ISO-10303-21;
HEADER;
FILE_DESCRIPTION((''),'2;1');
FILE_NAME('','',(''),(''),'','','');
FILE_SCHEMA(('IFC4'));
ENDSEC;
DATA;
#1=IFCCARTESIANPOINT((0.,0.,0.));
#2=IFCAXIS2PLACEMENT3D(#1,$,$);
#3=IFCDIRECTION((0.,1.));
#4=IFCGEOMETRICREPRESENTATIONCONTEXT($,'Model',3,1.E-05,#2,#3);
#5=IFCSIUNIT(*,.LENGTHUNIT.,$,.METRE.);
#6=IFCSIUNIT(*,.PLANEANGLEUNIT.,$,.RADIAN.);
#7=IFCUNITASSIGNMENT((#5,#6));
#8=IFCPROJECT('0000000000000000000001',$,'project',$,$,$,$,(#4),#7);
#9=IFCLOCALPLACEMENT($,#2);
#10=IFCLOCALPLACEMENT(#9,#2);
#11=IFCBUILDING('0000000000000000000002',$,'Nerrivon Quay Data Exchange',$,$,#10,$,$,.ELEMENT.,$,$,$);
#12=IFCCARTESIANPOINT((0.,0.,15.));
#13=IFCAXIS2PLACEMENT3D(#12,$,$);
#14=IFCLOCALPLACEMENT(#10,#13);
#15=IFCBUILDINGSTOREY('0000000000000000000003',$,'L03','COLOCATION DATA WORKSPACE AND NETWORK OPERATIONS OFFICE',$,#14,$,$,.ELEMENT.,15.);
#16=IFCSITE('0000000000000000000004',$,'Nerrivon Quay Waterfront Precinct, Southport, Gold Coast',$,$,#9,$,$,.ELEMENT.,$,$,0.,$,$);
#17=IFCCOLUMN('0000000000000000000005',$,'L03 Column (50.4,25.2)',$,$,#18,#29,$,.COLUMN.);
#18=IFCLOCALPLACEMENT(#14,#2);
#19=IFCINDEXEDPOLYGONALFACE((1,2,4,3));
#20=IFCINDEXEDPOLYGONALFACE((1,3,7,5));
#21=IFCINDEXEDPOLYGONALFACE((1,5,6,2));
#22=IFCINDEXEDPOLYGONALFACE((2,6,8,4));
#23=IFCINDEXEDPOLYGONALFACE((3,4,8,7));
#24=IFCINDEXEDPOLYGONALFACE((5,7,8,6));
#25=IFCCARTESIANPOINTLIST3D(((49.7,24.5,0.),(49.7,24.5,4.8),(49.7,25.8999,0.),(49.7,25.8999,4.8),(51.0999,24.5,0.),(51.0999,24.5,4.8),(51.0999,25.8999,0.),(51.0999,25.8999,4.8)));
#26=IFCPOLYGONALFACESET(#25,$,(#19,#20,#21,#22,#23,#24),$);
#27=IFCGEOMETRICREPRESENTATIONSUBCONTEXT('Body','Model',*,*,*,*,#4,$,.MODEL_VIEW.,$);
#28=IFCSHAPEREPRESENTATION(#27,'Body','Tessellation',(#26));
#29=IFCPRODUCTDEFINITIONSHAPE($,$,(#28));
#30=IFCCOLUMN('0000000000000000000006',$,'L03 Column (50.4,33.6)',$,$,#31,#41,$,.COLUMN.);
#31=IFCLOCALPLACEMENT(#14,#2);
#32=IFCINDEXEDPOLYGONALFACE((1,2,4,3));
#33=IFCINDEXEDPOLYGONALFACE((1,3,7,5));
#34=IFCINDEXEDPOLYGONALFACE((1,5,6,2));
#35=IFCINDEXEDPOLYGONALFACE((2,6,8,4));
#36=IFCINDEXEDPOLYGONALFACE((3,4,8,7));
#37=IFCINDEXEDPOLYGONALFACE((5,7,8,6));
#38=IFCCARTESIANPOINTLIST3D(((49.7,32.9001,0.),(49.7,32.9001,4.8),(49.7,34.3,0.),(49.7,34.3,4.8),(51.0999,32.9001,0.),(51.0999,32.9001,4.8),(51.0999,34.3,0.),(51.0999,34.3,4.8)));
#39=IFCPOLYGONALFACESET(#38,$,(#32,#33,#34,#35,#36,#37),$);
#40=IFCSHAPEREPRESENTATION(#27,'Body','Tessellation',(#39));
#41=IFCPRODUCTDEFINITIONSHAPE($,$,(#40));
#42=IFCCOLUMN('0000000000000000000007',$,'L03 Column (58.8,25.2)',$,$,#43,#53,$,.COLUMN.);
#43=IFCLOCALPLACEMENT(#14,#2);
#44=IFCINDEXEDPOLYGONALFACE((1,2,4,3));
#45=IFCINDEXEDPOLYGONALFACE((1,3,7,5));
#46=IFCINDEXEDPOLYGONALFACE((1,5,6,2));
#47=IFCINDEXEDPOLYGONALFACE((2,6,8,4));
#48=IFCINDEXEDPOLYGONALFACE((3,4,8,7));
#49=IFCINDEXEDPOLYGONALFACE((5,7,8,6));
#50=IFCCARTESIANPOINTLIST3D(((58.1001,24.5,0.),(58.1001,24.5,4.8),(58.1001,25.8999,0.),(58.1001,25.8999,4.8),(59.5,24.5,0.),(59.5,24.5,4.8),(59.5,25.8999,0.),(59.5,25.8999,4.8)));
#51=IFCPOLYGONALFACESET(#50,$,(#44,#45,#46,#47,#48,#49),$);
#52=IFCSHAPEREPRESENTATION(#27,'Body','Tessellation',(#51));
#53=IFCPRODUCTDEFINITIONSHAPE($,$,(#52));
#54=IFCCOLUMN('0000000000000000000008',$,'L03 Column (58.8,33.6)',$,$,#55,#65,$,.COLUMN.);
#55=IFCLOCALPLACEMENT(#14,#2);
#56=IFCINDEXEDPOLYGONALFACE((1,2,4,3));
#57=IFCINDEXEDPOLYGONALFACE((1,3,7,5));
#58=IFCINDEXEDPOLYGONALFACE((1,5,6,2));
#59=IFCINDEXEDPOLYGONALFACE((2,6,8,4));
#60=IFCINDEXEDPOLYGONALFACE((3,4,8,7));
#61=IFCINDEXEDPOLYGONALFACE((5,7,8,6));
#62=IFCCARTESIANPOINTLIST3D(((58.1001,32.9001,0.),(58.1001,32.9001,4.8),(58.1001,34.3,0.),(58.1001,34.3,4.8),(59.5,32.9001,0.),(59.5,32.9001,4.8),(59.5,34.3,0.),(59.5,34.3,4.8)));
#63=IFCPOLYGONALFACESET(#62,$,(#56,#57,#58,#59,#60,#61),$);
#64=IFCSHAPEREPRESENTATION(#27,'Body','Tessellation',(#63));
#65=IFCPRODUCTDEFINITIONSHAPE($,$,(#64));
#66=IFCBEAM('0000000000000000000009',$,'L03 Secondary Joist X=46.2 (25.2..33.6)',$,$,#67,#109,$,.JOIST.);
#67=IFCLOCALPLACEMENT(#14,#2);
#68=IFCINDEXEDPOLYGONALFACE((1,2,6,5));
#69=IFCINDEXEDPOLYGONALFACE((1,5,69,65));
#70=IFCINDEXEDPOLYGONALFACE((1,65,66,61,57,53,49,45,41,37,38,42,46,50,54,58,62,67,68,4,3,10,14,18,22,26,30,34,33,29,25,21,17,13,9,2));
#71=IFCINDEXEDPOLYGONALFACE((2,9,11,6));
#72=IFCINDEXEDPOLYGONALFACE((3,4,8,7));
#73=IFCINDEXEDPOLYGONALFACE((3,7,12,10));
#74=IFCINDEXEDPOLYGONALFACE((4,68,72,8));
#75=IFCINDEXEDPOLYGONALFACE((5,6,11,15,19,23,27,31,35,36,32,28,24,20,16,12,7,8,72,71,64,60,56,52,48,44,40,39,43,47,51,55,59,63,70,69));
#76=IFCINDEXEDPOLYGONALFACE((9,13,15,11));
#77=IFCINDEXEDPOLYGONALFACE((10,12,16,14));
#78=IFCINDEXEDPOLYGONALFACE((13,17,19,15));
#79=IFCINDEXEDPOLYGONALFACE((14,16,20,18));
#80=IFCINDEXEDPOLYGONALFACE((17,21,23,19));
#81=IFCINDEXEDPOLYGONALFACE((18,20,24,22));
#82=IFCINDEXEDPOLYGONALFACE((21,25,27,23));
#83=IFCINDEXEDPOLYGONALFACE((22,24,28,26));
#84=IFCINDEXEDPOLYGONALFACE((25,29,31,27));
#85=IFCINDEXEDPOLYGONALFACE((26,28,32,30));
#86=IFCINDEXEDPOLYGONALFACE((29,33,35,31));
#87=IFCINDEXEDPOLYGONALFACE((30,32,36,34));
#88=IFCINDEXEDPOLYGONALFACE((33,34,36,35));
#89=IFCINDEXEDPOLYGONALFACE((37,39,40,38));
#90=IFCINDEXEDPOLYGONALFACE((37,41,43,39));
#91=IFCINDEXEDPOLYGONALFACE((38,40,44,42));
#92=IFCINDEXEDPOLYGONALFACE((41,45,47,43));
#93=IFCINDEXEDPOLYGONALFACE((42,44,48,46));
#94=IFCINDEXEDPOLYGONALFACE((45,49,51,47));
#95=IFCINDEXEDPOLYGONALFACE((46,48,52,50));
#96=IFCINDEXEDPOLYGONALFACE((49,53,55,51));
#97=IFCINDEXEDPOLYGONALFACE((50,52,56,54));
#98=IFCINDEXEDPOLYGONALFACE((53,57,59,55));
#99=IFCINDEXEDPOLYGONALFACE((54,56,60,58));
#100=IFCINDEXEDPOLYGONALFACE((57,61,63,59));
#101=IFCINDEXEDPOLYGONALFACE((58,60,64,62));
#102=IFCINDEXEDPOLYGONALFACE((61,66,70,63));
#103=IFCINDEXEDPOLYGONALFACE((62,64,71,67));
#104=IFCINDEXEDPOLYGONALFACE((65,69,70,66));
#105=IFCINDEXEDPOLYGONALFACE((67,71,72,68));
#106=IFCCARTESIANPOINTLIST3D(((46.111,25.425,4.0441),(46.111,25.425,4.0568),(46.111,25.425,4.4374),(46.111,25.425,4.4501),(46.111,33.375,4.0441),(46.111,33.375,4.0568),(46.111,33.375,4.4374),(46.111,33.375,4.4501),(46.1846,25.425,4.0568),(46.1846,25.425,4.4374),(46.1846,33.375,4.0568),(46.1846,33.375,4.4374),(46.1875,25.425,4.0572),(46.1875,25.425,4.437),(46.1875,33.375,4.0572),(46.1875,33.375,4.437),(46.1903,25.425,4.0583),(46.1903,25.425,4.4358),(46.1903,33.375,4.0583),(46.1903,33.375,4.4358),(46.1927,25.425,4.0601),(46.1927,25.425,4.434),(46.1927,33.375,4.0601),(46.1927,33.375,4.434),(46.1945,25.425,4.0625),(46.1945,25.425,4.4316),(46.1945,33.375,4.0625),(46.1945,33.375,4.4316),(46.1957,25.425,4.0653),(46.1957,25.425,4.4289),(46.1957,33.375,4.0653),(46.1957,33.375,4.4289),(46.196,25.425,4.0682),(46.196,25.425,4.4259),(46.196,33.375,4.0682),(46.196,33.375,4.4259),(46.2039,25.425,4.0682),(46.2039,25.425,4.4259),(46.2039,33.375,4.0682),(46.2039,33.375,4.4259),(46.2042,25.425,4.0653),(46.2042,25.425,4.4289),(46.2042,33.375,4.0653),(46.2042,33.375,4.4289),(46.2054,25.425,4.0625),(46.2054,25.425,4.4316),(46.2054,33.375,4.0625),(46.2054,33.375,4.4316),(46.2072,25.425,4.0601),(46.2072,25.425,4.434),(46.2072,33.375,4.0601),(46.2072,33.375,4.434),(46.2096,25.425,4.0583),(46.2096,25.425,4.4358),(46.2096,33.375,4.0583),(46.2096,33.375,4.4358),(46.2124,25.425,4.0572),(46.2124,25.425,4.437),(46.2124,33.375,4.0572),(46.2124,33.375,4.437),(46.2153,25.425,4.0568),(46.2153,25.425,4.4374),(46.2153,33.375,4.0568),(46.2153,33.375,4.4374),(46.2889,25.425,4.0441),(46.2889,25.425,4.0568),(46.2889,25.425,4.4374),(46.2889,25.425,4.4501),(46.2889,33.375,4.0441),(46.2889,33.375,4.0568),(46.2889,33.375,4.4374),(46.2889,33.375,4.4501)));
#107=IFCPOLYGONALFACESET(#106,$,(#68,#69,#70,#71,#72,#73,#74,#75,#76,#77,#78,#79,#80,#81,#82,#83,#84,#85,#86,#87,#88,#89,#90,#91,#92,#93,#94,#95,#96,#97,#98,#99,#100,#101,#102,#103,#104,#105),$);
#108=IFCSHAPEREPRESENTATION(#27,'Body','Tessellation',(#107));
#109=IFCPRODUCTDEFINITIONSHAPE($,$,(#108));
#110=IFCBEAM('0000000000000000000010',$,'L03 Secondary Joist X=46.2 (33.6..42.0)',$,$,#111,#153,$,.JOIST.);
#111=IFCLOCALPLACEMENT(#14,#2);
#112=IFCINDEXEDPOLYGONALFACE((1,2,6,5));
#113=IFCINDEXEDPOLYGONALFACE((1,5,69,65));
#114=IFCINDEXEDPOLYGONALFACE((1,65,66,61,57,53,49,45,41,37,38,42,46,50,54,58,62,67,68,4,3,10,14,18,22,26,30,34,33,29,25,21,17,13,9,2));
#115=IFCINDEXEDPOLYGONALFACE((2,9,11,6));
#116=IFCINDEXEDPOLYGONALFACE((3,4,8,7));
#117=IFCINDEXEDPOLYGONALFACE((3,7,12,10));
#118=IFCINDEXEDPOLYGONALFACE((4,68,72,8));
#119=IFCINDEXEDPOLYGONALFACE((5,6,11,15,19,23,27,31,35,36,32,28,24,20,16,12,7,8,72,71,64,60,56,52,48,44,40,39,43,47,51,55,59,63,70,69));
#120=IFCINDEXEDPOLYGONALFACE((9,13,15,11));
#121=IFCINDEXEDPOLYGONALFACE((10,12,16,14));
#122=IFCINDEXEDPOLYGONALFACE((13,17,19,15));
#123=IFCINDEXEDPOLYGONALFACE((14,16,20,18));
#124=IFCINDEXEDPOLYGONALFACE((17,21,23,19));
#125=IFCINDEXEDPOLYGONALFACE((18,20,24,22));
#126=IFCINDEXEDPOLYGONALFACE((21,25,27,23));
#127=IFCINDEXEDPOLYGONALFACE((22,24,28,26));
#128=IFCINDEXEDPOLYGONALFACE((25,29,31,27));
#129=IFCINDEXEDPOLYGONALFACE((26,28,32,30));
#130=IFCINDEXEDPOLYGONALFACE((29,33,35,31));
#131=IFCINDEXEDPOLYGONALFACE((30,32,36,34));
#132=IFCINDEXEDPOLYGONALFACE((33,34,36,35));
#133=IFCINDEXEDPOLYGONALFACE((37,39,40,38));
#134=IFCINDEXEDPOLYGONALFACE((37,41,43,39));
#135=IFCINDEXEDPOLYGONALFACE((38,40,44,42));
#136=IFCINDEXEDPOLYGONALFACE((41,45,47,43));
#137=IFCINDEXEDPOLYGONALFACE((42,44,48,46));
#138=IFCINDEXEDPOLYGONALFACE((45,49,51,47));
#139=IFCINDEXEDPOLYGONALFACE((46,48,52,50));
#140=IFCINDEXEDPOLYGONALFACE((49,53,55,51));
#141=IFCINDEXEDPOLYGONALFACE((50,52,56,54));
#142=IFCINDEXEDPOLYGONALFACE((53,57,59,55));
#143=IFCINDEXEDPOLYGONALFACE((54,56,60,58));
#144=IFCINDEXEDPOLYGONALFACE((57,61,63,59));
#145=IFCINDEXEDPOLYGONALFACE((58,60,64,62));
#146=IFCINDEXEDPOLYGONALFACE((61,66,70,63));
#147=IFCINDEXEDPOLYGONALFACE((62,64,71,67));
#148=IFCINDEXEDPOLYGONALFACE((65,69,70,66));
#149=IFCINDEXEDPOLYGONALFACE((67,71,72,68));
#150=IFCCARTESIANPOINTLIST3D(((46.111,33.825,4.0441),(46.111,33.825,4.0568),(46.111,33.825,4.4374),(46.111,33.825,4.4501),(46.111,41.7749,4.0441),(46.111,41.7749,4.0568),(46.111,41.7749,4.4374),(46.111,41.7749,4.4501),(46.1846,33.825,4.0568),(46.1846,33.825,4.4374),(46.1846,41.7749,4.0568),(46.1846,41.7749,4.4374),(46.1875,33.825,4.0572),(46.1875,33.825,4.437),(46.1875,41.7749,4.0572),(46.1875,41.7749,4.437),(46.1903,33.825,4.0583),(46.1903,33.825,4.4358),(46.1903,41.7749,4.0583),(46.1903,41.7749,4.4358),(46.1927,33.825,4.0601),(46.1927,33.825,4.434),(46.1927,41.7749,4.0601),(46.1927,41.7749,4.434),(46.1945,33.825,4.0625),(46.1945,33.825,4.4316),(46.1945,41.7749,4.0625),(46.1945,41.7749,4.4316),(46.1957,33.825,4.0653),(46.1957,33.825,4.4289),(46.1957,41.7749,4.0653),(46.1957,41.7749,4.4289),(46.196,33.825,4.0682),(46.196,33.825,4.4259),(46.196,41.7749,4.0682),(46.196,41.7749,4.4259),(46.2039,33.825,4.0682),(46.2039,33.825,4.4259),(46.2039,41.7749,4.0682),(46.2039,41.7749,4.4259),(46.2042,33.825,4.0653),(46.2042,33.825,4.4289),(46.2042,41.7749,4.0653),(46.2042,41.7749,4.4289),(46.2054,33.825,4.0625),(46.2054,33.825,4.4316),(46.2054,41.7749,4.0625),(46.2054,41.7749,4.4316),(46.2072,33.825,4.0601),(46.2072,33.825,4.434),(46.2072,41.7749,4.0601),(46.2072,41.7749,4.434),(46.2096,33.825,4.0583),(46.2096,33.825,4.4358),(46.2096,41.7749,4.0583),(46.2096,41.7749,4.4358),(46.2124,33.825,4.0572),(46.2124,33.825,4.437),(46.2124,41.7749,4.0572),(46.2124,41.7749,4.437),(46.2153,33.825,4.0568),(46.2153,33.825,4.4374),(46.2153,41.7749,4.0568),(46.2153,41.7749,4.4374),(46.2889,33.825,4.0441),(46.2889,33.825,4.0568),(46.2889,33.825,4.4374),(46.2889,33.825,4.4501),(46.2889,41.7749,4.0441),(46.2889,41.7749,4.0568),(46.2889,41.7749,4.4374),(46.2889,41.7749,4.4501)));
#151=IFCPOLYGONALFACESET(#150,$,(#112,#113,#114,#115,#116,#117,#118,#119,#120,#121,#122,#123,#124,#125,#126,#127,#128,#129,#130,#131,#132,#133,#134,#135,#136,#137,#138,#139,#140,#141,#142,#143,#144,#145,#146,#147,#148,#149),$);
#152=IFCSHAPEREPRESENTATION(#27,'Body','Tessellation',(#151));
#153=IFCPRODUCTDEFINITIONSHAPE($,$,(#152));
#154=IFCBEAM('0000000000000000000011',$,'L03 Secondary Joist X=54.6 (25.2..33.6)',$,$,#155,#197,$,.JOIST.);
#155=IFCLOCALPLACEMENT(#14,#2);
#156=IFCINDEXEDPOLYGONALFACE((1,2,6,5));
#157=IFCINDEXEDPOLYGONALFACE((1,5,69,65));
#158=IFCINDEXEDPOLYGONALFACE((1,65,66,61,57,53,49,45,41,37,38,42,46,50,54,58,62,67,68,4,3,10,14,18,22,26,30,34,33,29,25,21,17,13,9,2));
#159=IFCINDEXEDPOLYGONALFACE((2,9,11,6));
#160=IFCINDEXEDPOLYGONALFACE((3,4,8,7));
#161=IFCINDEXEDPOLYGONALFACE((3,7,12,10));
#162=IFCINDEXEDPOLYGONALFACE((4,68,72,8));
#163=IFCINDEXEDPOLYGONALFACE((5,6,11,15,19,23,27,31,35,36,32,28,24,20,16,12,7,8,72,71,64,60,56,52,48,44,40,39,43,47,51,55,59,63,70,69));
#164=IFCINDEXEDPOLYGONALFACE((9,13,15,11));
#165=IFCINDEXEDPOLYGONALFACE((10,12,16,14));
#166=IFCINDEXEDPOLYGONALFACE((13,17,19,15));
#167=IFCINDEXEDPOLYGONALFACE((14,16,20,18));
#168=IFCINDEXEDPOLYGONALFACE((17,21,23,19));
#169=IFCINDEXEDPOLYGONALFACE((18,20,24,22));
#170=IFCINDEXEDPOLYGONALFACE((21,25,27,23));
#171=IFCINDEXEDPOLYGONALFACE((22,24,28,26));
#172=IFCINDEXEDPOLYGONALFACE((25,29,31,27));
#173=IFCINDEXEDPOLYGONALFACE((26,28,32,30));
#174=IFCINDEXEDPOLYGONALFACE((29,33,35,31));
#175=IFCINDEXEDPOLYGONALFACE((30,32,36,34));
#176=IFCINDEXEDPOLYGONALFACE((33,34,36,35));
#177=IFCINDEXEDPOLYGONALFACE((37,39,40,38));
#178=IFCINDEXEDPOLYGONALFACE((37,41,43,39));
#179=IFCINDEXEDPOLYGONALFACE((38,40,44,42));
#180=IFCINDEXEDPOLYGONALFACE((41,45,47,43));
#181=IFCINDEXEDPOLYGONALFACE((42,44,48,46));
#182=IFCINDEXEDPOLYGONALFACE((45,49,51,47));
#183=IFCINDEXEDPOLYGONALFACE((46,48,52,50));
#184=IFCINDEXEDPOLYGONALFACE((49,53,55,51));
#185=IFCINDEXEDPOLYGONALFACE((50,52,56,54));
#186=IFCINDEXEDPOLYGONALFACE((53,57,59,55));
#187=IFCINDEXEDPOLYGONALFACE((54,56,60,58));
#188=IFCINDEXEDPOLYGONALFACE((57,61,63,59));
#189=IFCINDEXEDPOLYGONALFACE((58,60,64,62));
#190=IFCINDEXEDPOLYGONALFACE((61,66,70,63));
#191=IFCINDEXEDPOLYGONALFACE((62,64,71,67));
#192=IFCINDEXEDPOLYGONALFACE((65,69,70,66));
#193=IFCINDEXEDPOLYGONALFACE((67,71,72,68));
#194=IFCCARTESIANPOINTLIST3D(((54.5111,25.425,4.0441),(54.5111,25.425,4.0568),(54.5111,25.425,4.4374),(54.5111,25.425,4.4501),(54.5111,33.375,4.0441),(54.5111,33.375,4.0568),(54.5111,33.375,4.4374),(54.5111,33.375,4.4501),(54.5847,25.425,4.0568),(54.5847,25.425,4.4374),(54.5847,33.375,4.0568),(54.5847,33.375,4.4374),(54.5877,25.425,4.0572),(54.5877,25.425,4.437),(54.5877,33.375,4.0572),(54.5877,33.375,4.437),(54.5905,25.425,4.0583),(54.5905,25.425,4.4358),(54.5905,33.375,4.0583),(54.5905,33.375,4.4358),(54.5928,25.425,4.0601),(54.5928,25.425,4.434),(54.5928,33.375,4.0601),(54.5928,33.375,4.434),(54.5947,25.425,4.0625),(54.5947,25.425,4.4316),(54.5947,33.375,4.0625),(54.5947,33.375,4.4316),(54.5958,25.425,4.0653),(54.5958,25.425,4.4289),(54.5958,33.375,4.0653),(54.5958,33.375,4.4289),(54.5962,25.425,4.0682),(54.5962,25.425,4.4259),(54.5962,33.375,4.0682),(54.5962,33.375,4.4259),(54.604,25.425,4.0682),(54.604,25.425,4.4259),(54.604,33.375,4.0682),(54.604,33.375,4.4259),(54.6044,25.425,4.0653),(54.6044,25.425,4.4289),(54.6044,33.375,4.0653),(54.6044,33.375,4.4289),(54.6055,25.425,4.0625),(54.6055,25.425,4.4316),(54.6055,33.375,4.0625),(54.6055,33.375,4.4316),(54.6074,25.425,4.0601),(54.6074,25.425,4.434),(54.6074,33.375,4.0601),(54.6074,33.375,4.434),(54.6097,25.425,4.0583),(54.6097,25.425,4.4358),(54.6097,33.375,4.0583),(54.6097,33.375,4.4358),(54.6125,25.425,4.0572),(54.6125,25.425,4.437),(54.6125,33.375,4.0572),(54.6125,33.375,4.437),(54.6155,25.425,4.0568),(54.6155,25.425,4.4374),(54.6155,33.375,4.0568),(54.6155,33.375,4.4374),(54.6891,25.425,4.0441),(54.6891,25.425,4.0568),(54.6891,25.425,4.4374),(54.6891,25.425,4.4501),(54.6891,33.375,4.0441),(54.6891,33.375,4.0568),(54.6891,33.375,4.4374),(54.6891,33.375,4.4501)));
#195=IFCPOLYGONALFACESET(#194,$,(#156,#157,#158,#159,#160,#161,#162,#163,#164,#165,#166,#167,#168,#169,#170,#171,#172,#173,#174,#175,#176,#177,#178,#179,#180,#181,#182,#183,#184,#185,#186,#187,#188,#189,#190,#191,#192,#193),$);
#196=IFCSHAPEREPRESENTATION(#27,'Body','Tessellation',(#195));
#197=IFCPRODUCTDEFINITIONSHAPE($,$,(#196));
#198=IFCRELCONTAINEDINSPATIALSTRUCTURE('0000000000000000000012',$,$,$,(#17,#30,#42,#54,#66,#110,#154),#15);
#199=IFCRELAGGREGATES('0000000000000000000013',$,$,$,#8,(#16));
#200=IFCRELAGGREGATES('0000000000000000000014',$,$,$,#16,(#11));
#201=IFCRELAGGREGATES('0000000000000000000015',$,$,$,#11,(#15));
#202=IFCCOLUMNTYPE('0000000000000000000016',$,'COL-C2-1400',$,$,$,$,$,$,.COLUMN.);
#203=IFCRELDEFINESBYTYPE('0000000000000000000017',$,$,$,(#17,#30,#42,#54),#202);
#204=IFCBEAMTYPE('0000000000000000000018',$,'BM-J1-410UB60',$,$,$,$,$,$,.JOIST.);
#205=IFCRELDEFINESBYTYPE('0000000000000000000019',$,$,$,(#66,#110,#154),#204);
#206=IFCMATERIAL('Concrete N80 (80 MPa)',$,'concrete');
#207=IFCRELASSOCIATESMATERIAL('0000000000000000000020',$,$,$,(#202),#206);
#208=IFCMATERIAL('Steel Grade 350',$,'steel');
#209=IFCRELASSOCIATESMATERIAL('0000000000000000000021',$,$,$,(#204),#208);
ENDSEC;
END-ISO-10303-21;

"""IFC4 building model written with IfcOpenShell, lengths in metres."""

from ifc_helpers import new_model, si_unit, direction, frame, origin, origin_2d, place, context, subcontext, project, spatial, rectangle, i_section, extrude, material, material_profile, profile_set, type_object, element, save


model = new_model("IFC4")

# Units and contexts
model_context = context("Model", 3, precision=1e-05, world=origin(), true_north=direction((0.0, 1.0)))
body_context = subcontext(model_context, "Body", "Model", "MODEL_VIEW")
ifc_project = project(units=[si_unit("LENGTHUNIT", "METRE"), si_unit("PLANEANGLEUNIT", "RADIAN")], contexts=[model_context])

# Site, building, storey
site_placement = place(None, origin())
site = spatial("IfcSite", under=ifc_project, at=site_placement, Name="Nerrivon Quay Waterfront Precinct, Southport, Gold Coast", CompositionType="ELEMENT", RefElevation=0.0)
building_placement = place(site_placement, origin())
building = spatial("IfcBuilding", under=site, at=building_placement, Name="Nerrivon Quay Data Exchange", CompositionType="ELEMENT")
storey_placement = place(building_placement, frame((0.0, 0.0, 15.0)))
storey = spatial("IfcBuildingStorey", under=building, at=storey_placement, Name="L03", Description="COLOCATION DATA WORKSPACE AND NETWORK OPERATIONS OFFICE", CompositionType="ELEMENT", Elevation=15.0)

# Columns
ifc_material_1 = material(Name="Concrete N80 (80 MPa)", Category="concrete")
ifc_material_profile_1 = material_profile(ifc_material_1, rectangle(XDim=1.3999, YDim=1.3999, at=origin_2d()), Name="RC-COL-1400x1400")
ifc_profile_set_1 = profile_set([ifc_material_profile_1], Name="Concrete N80 (80 MPa)")
column_type = type_object("IfcColumnType", Name="COL-C2-1400", PredefinedType="COLUMN", material=ifc_profile_set_1)
for number, where, z_axis, x_axis, name in (
    (1, (50.3999, 25.2, 0.0), (0.0, 0.0, 1.0), (1.0, 0.0, 0.0), "L03 Column (50.4,25.2)"),
    (2, (50.3999, 33.6001, 0.0), (0.0, 0.0, 1.0), (1.0, 0.0, 0.0), "L03 Column (50.4,33.6)"),
    (3, (58.8, 25.2, 0.0), (0.0, 0.0, 1.0), (1.0, 0.0, 0.0), "L03 Column (58.8,25.2)"),
    (4, (58.8, 33.6001, 0.0), (0.0, 0.0, 1.0), (1.0, 0.0, 0.0), "L03 Column (58.8,33.6)"),
):
    element("IfcColumn", number, at=place(storey_placement, frame(where, z_axis=z_axis, x_axis=x_axis)), inside=storey, type_object=column_type, Name=name, PredefinedType="COLUMN", context=body_context, shape_type="SweptSolid", body=[
        extrude(rectangle(XDim=1.3999, YDim=1.3999, at=origin_2d()), origin(), (0.0, 0.0, 1.0), 4.8),
    ])

# Beams
ifc_material_2 = material(Name="Steel Grade 350", Category="steel")
ifc_material_profile_2 = material_profile(ifc_material_2, i_section(OverallWidth=0.178, OverallDepth=0.406, WebThickness=0.0078, FlangeThickness=0.0127, FilletRadius=0.0115, at=origin_2d()), Name="410UB59.7")
ifc_profile_set_2 = profile_set([ifc_material_profile_2], Name="Steel Grade 350")
beam_type_1 = type_object("IfcBeamType", Name="BM-J1-410UB60", PredefinedType="JOIST", material=ifc_profile_set_2)
for number, where, z_axis, x_axis, name in (
    (5, (46.2, 25.425, 4.2471), (0.0, 1.0, 0.0), (-1.0, 0.0, 0.0), "L03 Secondary Joist X=46.2 (25.2..33.6)"),
    (6, (46.2, 33.825, 4.2471), (0.0, 1.0, 0.0), (-1.0, 0.0, 0.0), "L03 Secondary Joist X=46.2 (33.6..42.0)"),
    (7, (54.6001, 25.425, 4.2471), (0.0, 1.0, 0.0), (-1.0, 0.0, 0.0), "L03 Secondary Joist X=54.6 (25.2..33.6)"),
):
    element("IfcBeam", number, at=place(storey_placement, frame(where, z_axis=z_axis, x_axis=x_axis)), inside=storey, type_object=beam_type_1, Name=name, PredefinedType="JOIST", context=body_context, shape_type="SweptSolid", body=[
        extrude(i_section(OverallWidth=0.178, OverallDepth=0.406, WebThickness=0.0078, FlangeThickness=0.0127, FilletRadius=0.0115, at=origin_2d()), origin(), (0.0, 0.0, 1.0), 7.95),
    ])

save(model, "model.ifc")
